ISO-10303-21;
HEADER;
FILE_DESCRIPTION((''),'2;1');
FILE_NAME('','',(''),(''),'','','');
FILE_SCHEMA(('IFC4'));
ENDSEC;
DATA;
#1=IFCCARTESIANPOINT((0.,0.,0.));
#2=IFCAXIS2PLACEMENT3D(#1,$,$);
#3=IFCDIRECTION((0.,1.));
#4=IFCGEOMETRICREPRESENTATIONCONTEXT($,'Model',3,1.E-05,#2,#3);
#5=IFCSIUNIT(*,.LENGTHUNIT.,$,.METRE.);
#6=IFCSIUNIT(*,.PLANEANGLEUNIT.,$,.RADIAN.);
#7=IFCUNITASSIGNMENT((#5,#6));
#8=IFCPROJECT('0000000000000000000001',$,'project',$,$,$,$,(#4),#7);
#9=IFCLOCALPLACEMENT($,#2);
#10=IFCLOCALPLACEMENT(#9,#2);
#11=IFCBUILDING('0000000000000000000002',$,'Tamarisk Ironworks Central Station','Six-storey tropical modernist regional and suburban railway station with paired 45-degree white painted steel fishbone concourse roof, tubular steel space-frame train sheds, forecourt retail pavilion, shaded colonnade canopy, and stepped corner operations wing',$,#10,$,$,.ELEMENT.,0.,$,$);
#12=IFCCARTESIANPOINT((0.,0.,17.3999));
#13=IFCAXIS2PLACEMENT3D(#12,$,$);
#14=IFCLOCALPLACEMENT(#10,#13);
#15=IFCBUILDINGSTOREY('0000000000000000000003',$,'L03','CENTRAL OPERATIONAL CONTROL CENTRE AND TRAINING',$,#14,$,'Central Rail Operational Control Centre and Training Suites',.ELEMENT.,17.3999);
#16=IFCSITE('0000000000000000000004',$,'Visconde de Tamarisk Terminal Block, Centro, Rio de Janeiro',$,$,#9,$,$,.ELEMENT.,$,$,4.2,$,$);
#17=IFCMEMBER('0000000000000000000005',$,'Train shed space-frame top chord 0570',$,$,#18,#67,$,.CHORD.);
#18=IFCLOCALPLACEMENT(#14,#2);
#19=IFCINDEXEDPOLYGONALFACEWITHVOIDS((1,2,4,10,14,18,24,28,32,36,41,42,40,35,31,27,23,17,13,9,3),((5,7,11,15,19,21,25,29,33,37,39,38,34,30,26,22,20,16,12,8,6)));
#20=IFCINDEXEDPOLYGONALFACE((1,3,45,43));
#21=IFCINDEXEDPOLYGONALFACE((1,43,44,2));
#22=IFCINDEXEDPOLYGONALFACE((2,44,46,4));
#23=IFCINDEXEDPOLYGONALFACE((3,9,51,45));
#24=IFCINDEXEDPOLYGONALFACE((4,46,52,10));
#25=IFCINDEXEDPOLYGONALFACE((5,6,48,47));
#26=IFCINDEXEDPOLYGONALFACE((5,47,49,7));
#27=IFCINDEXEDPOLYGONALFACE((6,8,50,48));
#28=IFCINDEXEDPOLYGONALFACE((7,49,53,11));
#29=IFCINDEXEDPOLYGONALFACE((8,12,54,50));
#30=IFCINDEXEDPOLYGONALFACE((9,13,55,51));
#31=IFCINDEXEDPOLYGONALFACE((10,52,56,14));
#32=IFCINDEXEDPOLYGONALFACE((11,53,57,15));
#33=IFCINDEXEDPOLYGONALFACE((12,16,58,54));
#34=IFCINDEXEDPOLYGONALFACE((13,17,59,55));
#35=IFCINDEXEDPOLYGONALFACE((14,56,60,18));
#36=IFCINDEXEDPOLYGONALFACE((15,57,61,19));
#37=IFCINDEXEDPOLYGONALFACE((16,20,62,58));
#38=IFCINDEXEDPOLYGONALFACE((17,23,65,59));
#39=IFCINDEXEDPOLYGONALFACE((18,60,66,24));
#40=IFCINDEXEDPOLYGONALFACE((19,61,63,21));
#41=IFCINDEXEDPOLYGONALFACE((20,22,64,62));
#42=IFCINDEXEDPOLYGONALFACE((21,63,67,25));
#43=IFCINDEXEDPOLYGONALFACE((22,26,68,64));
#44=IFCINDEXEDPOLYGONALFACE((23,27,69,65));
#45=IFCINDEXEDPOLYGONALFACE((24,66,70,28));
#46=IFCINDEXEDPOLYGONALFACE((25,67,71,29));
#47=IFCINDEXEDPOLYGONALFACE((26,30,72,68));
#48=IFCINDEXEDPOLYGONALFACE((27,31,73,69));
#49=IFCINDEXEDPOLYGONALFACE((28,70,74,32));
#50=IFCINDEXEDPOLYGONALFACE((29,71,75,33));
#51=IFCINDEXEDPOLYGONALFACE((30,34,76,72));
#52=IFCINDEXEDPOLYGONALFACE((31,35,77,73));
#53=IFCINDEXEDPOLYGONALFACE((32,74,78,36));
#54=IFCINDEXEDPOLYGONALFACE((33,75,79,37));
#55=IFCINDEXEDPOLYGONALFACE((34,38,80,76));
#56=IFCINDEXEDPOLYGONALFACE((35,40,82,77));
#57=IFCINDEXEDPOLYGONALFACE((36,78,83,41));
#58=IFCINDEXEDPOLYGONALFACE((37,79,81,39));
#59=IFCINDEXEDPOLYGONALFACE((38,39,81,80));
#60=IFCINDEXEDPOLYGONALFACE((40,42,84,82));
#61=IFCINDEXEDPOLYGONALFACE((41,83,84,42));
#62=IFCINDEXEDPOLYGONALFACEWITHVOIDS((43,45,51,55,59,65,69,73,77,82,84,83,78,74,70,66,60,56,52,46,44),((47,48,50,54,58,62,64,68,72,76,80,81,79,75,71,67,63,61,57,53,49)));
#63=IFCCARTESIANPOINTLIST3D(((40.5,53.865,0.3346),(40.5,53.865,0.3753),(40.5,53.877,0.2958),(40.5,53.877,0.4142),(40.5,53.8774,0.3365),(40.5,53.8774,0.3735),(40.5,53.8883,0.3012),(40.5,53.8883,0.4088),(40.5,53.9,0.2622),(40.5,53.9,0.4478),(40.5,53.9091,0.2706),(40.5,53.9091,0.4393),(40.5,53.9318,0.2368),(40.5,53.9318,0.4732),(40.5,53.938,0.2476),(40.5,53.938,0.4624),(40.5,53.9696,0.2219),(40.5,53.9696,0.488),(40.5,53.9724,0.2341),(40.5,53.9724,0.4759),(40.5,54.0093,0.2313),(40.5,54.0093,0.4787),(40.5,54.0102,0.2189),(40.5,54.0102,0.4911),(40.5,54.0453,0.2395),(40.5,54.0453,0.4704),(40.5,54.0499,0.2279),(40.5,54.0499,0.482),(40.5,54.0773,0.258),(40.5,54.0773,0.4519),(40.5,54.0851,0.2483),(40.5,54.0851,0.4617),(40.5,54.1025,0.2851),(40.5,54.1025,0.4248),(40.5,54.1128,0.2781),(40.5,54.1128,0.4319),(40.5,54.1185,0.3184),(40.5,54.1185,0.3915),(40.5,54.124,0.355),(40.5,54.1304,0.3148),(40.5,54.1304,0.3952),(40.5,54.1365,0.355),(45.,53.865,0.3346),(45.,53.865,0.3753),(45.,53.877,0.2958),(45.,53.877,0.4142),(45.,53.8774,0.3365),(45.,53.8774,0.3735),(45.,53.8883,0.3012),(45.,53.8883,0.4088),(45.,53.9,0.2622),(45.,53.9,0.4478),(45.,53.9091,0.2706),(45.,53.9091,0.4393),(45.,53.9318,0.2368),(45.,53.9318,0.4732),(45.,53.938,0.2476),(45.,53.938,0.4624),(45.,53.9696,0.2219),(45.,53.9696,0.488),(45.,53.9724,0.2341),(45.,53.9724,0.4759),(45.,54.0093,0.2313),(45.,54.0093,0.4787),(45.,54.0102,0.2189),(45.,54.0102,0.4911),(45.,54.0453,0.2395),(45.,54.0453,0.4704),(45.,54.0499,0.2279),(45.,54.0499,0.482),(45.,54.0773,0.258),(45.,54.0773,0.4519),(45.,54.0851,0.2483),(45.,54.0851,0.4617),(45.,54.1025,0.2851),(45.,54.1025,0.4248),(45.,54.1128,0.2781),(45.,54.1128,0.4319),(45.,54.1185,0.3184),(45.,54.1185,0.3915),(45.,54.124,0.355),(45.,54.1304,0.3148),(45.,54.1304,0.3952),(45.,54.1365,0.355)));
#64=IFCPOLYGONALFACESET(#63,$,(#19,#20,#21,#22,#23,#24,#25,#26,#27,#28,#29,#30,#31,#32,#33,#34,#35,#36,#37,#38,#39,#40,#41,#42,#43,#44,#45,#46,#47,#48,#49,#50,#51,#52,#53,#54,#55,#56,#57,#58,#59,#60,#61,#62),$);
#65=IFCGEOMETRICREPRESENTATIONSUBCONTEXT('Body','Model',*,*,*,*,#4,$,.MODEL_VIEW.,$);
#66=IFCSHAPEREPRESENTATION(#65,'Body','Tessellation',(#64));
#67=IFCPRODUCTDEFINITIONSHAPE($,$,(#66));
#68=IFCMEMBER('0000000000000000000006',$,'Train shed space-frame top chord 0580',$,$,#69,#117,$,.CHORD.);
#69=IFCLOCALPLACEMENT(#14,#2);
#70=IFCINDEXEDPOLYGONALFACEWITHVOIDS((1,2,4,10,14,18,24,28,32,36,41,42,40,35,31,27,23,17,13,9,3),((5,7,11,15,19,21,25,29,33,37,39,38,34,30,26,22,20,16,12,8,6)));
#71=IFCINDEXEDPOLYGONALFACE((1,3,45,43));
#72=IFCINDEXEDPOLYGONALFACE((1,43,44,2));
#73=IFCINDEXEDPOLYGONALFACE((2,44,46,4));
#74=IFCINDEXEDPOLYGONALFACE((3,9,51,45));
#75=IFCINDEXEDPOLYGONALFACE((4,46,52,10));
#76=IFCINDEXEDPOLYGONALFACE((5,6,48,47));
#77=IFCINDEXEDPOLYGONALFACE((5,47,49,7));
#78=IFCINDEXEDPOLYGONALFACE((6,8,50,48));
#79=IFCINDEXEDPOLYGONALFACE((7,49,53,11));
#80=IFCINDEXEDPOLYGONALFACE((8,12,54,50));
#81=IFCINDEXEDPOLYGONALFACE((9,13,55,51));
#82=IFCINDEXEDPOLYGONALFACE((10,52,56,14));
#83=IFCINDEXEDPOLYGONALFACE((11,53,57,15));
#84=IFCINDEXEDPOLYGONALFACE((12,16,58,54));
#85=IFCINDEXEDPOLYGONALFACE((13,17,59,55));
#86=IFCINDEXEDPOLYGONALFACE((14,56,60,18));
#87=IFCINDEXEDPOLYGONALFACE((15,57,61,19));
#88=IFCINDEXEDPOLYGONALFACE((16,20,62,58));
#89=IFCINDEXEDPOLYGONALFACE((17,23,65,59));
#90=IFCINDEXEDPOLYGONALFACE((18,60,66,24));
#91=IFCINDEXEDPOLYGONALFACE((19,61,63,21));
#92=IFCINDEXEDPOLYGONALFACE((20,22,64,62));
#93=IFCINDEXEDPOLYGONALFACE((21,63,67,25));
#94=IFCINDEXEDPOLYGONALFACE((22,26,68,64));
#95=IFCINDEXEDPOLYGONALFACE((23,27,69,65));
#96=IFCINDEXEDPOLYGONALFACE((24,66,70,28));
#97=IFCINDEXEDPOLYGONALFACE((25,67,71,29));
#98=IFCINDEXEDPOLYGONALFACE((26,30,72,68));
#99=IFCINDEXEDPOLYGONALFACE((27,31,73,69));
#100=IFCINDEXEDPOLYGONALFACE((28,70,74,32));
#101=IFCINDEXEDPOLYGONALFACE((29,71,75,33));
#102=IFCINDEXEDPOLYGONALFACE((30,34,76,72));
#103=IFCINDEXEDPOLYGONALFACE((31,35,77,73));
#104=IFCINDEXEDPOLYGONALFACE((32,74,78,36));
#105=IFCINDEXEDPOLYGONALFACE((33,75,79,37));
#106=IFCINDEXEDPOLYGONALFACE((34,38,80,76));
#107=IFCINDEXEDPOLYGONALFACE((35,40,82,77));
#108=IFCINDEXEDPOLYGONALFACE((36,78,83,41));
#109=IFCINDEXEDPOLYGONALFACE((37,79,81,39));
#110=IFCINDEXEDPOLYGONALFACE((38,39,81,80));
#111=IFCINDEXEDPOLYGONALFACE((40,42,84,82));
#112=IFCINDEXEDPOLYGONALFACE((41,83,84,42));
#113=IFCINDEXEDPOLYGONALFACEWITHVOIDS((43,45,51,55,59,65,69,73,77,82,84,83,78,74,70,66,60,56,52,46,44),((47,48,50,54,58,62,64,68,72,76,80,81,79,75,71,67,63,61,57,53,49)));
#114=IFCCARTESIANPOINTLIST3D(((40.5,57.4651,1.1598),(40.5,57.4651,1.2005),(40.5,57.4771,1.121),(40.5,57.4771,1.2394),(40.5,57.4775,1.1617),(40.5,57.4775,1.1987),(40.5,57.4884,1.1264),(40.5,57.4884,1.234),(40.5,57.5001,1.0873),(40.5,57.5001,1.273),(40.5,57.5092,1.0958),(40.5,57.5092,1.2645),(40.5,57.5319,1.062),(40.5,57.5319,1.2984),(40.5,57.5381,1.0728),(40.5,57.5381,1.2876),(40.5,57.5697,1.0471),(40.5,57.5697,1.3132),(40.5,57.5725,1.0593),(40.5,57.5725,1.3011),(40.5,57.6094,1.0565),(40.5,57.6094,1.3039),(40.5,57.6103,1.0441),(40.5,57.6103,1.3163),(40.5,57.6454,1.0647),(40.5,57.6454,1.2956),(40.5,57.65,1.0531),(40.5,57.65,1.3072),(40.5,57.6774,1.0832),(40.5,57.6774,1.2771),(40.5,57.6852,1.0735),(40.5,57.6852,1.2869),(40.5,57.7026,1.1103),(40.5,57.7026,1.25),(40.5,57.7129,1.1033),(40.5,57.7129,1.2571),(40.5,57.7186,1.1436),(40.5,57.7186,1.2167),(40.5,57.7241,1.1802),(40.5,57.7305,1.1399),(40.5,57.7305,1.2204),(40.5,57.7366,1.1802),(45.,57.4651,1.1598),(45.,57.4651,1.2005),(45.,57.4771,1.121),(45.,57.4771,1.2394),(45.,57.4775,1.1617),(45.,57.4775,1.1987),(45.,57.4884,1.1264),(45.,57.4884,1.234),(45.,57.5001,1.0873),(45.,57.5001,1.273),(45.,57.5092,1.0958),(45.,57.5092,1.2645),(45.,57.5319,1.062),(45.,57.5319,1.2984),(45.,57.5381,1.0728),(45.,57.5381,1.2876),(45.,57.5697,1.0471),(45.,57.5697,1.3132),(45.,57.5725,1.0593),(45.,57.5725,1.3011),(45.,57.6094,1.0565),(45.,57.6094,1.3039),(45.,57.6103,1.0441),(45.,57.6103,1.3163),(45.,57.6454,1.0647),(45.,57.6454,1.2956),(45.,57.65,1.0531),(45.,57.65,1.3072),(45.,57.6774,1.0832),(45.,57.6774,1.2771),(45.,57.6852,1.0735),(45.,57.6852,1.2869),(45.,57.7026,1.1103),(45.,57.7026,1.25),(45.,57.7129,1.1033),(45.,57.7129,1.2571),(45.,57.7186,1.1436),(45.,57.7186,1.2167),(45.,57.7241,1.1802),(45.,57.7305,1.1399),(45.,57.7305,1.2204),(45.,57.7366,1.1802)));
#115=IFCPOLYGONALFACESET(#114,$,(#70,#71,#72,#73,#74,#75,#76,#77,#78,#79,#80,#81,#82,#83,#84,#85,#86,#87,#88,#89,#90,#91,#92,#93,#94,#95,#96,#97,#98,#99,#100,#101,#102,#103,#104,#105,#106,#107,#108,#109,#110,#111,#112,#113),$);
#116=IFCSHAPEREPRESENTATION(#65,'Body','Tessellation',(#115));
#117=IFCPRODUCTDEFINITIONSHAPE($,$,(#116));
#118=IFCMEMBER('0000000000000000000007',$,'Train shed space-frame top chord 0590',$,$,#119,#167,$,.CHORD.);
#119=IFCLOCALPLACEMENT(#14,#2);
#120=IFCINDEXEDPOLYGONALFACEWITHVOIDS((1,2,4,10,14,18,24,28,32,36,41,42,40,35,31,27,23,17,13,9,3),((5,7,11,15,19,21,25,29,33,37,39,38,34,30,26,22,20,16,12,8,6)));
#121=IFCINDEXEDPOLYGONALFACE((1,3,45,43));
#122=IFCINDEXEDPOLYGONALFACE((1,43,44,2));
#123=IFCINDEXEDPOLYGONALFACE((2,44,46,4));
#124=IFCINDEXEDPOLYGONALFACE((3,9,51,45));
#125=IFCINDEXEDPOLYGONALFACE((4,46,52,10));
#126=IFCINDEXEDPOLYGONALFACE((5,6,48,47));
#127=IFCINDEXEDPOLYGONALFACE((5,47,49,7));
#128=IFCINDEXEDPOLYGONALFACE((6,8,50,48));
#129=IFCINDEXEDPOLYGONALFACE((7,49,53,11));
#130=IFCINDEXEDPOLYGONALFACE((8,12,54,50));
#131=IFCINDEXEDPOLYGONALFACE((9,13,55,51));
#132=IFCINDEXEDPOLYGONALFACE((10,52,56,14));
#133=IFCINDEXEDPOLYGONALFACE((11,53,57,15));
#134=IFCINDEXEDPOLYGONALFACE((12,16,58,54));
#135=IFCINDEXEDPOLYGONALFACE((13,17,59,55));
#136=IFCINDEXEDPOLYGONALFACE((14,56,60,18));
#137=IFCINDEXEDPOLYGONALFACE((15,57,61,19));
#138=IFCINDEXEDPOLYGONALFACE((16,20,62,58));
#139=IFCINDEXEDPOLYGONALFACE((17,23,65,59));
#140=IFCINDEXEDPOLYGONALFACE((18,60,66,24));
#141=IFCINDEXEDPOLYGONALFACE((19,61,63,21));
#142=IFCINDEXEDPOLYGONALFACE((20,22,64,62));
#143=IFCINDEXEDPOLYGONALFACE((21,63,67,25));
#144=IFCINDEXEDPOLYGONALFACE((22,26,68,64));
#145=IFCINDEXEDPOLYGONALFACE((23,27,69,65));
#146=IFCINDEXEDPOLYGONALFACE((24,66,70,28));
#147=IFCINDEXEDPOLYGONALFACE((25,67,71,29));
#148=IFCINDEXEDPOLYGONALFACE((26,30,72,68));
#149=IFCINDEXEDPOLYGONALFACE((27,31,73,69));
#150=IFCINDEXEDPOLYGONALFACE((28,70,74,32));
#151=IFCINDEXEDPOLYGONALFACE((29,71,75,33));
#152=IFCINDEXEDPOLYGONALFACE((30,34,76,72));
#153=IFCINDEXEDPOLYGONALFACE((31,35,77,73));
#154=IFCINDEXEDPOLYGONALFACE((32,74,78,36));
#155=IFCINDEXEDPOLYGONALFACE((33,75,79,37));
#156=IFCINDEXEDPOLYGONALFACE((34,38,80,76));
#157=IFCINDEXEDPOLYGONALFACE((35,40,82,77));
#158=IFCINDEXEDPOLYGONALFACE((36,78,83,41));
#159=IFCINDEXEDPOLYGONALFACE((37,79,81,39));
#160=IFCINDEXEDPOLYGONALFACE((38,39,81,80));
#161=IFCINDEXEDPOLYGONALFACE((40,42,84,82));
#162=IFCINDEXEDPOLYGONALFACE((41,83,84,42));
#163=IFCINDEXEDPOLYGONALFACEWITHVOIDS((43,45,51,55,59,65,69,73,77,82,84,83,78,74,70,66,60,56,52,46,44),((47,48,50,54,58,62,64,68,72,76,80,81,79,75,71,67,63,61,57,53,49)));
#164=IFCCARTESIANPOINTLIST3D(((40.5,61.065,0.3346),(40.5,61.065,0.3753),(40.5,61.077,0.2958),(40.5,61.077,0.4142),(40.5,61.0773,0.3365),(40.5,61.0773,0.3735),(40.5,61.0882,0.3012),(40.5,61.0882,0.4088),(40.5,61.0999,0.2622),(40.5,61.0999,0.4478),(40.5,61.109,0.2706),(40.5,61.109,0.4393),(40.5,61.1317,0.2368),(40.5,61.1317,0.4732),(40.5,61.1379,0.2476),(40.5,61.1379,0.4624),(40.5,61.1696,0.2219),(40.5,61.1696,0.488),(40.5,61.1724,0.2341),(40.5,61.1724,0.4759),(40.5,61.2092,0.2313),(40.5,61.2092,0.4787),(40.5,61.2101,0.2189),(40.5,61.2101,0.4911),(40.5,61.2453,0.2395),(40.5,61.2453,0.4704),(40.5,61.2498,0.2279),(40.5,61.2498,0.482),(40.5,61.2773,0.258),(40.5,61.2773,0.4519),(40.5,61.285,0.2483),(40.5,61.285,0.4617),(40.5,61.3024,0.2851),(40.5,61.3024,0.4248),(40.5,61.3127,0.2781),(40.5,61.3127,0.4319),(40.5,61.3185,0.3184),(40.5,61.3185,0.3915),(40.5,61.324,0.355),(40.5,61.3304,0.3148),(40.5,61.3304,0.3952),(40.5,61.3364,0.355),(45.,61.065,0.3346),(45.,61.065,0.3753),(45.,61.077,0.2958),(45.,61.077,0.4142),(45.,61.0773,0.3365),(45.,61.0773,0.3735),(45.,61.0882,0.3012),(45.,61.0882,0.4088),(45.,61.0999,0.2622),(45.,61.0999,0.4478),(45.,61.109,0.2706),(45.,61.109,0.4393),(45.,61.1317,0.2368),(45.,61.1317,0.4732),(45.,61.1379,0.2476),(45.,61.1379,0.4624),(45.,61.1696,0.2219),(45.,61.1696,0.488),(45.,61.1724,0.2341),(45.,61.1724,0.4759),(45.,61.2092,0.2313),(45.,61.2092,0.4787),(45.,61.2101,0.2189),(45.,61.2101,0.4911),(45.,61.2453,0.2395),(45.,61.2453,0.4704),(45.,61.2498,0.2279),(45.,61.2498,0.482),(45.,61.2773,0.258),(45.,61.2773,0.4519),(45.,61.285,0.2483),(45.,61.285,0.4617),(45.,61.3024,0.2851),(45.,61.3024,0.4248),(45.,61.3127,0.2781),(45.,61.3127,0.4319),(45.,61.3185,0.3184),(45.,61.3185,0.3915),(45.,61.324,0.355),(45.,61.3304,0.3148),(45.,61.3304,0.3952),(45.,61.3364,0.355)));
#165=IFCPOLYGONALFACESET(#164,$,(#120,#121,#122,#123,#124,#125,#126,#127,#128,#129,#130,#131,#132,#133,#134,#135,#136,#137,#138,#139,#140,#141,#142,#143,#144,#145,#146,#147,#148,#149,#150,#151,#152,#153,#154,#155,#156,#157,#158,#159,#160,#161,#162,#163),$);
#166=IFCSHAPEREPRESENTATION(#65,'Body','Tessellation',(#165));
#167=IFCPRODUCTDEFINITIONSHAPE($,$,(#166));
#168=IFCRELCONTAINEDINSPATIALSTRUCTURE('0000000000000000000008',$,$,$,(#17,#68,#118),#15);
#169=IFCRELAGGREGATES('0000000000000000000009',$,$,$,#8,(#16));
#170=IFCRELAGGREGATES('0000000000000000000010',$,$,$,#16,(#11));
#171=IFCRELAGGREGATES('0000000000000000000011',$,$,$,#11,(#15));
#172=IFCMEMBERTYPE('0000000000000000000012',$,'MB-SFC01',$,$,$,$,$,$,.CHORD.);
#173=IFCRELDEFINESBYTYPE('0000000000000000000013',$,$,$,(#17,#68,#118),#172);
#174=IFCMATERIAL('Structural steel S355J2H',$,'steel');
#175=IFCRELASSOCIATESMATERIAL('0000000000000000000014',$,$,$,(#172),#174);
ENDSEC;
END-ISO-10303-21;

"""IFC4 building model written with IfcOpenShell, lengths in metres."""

from ifc_helpers import new_model, si_unit, direction, frame, origin, origin_2d, place, context, subcontext, project, spatial, hollow_circle, extrude, material, material_profile, profile_set, type_object, element, save


model = new_model("IFC4")

# Units and contexts
model_context = context("Model", 3, precision=1e-05, world=origin(), true_north=direction((0.0, 1.0)))
body_context = subcontext(model_context, "Body", "Model", "MODEL_VIEW")
ifc_project = project(units=[si_unit("LENGTHUNIT", "METRE"), si_unit("PLANEANGLEUNIT", "RADIAN")], contexts=[model_context])

# Site, building, storey
site_placement = place(None, origin())
site = spatial("IfcSite", under=ifc_project, at=site_placement, Name="Visconde de Tamarisk Terminal Block, Centro, Rio de Janeiro", CompositionType="ELEMENT", RefElevation=4.2)
building_placement = place(site_placement, origin())
building = spatial("IfcBuilding", under=site, at=building_placement, Name="Tamarisk Ironworks Central Station", Description="Six-storey tropical modernist regional and suburban railway station with paired 45-degree white painted steel fishbone concourse roof, tubular steel space-frame train sheds, forecourt retail pavilion, shaded colonnade canopy, and stepped corner operations wing", CompositionType="ELEMENT", ElevationOfRefHeight=0.0)
storey_placement = place(building_placement, frame((0.0, 0.0, 17.3999)))
storey = spatial("IfcBuildingStorey", under=building, at=storey_placement, Name="L03", Description="CENTRAL OPERATIONAL CONTROL CENTRE AND TRAINING", LongName="Central Rail Operational Control Centre and Training Suites", CompositionType="ELEMENT", Elevation=17.3999)

# Members
ifc_material = material(Name="Structural steel S355J2H", Category="steel")
ifc_material_profile_1 = material_profile(ifc_material, hollow_circle(Radius=0.1365, WallThickness=0.0125, at=origin_2d()), Name="CHS 273x12.5")
ifc_profile_set_1 = profile_set([ifc_material_profile_1], Name="Structural steel S355J2H")
member_type_1 = type_object("IfcMemberType", Name="MB-SFC01", PredefinedType="CHORD", material=ifc_profile_set_1)
for number, where, z_axis, x_axis, name in (
    (1, (40.5, 54.0, 0.355), (1.0, 0.0, 0.0), (0.0, 1.0, 0.0), "Train shed space-frame top chord 0570"),
    (2, (40.5, 57.6001, 1.1802), (1.0, 0.0, 0.0), (0.0, 1.0, 0.0), "Train shed space-frame top chord 0580"),
    (3, (40.5, 61.2, 0.355), (1.0, 0.0, 0.0), (0.0, 1.0, 0.0), "Train shed space-frame top chord 0590"),
):
    element("IfcMember", number, at=place(storey_placement, frame(where, z_axis=z_axis, x_axis=x_axis)), inside=storey, type_object=member_type_1, Name=name, PredefinedType="CHORD", context=body_context, shape_type="SweptSolid", body=[
        extrude(hollow_circle(Radius=0.1365, WallThickness=0.0125, at=origin_2d()), origin(), (0.0, 0.0, 1.0), 4.5),
    ])

save(model, "model.ifc")
